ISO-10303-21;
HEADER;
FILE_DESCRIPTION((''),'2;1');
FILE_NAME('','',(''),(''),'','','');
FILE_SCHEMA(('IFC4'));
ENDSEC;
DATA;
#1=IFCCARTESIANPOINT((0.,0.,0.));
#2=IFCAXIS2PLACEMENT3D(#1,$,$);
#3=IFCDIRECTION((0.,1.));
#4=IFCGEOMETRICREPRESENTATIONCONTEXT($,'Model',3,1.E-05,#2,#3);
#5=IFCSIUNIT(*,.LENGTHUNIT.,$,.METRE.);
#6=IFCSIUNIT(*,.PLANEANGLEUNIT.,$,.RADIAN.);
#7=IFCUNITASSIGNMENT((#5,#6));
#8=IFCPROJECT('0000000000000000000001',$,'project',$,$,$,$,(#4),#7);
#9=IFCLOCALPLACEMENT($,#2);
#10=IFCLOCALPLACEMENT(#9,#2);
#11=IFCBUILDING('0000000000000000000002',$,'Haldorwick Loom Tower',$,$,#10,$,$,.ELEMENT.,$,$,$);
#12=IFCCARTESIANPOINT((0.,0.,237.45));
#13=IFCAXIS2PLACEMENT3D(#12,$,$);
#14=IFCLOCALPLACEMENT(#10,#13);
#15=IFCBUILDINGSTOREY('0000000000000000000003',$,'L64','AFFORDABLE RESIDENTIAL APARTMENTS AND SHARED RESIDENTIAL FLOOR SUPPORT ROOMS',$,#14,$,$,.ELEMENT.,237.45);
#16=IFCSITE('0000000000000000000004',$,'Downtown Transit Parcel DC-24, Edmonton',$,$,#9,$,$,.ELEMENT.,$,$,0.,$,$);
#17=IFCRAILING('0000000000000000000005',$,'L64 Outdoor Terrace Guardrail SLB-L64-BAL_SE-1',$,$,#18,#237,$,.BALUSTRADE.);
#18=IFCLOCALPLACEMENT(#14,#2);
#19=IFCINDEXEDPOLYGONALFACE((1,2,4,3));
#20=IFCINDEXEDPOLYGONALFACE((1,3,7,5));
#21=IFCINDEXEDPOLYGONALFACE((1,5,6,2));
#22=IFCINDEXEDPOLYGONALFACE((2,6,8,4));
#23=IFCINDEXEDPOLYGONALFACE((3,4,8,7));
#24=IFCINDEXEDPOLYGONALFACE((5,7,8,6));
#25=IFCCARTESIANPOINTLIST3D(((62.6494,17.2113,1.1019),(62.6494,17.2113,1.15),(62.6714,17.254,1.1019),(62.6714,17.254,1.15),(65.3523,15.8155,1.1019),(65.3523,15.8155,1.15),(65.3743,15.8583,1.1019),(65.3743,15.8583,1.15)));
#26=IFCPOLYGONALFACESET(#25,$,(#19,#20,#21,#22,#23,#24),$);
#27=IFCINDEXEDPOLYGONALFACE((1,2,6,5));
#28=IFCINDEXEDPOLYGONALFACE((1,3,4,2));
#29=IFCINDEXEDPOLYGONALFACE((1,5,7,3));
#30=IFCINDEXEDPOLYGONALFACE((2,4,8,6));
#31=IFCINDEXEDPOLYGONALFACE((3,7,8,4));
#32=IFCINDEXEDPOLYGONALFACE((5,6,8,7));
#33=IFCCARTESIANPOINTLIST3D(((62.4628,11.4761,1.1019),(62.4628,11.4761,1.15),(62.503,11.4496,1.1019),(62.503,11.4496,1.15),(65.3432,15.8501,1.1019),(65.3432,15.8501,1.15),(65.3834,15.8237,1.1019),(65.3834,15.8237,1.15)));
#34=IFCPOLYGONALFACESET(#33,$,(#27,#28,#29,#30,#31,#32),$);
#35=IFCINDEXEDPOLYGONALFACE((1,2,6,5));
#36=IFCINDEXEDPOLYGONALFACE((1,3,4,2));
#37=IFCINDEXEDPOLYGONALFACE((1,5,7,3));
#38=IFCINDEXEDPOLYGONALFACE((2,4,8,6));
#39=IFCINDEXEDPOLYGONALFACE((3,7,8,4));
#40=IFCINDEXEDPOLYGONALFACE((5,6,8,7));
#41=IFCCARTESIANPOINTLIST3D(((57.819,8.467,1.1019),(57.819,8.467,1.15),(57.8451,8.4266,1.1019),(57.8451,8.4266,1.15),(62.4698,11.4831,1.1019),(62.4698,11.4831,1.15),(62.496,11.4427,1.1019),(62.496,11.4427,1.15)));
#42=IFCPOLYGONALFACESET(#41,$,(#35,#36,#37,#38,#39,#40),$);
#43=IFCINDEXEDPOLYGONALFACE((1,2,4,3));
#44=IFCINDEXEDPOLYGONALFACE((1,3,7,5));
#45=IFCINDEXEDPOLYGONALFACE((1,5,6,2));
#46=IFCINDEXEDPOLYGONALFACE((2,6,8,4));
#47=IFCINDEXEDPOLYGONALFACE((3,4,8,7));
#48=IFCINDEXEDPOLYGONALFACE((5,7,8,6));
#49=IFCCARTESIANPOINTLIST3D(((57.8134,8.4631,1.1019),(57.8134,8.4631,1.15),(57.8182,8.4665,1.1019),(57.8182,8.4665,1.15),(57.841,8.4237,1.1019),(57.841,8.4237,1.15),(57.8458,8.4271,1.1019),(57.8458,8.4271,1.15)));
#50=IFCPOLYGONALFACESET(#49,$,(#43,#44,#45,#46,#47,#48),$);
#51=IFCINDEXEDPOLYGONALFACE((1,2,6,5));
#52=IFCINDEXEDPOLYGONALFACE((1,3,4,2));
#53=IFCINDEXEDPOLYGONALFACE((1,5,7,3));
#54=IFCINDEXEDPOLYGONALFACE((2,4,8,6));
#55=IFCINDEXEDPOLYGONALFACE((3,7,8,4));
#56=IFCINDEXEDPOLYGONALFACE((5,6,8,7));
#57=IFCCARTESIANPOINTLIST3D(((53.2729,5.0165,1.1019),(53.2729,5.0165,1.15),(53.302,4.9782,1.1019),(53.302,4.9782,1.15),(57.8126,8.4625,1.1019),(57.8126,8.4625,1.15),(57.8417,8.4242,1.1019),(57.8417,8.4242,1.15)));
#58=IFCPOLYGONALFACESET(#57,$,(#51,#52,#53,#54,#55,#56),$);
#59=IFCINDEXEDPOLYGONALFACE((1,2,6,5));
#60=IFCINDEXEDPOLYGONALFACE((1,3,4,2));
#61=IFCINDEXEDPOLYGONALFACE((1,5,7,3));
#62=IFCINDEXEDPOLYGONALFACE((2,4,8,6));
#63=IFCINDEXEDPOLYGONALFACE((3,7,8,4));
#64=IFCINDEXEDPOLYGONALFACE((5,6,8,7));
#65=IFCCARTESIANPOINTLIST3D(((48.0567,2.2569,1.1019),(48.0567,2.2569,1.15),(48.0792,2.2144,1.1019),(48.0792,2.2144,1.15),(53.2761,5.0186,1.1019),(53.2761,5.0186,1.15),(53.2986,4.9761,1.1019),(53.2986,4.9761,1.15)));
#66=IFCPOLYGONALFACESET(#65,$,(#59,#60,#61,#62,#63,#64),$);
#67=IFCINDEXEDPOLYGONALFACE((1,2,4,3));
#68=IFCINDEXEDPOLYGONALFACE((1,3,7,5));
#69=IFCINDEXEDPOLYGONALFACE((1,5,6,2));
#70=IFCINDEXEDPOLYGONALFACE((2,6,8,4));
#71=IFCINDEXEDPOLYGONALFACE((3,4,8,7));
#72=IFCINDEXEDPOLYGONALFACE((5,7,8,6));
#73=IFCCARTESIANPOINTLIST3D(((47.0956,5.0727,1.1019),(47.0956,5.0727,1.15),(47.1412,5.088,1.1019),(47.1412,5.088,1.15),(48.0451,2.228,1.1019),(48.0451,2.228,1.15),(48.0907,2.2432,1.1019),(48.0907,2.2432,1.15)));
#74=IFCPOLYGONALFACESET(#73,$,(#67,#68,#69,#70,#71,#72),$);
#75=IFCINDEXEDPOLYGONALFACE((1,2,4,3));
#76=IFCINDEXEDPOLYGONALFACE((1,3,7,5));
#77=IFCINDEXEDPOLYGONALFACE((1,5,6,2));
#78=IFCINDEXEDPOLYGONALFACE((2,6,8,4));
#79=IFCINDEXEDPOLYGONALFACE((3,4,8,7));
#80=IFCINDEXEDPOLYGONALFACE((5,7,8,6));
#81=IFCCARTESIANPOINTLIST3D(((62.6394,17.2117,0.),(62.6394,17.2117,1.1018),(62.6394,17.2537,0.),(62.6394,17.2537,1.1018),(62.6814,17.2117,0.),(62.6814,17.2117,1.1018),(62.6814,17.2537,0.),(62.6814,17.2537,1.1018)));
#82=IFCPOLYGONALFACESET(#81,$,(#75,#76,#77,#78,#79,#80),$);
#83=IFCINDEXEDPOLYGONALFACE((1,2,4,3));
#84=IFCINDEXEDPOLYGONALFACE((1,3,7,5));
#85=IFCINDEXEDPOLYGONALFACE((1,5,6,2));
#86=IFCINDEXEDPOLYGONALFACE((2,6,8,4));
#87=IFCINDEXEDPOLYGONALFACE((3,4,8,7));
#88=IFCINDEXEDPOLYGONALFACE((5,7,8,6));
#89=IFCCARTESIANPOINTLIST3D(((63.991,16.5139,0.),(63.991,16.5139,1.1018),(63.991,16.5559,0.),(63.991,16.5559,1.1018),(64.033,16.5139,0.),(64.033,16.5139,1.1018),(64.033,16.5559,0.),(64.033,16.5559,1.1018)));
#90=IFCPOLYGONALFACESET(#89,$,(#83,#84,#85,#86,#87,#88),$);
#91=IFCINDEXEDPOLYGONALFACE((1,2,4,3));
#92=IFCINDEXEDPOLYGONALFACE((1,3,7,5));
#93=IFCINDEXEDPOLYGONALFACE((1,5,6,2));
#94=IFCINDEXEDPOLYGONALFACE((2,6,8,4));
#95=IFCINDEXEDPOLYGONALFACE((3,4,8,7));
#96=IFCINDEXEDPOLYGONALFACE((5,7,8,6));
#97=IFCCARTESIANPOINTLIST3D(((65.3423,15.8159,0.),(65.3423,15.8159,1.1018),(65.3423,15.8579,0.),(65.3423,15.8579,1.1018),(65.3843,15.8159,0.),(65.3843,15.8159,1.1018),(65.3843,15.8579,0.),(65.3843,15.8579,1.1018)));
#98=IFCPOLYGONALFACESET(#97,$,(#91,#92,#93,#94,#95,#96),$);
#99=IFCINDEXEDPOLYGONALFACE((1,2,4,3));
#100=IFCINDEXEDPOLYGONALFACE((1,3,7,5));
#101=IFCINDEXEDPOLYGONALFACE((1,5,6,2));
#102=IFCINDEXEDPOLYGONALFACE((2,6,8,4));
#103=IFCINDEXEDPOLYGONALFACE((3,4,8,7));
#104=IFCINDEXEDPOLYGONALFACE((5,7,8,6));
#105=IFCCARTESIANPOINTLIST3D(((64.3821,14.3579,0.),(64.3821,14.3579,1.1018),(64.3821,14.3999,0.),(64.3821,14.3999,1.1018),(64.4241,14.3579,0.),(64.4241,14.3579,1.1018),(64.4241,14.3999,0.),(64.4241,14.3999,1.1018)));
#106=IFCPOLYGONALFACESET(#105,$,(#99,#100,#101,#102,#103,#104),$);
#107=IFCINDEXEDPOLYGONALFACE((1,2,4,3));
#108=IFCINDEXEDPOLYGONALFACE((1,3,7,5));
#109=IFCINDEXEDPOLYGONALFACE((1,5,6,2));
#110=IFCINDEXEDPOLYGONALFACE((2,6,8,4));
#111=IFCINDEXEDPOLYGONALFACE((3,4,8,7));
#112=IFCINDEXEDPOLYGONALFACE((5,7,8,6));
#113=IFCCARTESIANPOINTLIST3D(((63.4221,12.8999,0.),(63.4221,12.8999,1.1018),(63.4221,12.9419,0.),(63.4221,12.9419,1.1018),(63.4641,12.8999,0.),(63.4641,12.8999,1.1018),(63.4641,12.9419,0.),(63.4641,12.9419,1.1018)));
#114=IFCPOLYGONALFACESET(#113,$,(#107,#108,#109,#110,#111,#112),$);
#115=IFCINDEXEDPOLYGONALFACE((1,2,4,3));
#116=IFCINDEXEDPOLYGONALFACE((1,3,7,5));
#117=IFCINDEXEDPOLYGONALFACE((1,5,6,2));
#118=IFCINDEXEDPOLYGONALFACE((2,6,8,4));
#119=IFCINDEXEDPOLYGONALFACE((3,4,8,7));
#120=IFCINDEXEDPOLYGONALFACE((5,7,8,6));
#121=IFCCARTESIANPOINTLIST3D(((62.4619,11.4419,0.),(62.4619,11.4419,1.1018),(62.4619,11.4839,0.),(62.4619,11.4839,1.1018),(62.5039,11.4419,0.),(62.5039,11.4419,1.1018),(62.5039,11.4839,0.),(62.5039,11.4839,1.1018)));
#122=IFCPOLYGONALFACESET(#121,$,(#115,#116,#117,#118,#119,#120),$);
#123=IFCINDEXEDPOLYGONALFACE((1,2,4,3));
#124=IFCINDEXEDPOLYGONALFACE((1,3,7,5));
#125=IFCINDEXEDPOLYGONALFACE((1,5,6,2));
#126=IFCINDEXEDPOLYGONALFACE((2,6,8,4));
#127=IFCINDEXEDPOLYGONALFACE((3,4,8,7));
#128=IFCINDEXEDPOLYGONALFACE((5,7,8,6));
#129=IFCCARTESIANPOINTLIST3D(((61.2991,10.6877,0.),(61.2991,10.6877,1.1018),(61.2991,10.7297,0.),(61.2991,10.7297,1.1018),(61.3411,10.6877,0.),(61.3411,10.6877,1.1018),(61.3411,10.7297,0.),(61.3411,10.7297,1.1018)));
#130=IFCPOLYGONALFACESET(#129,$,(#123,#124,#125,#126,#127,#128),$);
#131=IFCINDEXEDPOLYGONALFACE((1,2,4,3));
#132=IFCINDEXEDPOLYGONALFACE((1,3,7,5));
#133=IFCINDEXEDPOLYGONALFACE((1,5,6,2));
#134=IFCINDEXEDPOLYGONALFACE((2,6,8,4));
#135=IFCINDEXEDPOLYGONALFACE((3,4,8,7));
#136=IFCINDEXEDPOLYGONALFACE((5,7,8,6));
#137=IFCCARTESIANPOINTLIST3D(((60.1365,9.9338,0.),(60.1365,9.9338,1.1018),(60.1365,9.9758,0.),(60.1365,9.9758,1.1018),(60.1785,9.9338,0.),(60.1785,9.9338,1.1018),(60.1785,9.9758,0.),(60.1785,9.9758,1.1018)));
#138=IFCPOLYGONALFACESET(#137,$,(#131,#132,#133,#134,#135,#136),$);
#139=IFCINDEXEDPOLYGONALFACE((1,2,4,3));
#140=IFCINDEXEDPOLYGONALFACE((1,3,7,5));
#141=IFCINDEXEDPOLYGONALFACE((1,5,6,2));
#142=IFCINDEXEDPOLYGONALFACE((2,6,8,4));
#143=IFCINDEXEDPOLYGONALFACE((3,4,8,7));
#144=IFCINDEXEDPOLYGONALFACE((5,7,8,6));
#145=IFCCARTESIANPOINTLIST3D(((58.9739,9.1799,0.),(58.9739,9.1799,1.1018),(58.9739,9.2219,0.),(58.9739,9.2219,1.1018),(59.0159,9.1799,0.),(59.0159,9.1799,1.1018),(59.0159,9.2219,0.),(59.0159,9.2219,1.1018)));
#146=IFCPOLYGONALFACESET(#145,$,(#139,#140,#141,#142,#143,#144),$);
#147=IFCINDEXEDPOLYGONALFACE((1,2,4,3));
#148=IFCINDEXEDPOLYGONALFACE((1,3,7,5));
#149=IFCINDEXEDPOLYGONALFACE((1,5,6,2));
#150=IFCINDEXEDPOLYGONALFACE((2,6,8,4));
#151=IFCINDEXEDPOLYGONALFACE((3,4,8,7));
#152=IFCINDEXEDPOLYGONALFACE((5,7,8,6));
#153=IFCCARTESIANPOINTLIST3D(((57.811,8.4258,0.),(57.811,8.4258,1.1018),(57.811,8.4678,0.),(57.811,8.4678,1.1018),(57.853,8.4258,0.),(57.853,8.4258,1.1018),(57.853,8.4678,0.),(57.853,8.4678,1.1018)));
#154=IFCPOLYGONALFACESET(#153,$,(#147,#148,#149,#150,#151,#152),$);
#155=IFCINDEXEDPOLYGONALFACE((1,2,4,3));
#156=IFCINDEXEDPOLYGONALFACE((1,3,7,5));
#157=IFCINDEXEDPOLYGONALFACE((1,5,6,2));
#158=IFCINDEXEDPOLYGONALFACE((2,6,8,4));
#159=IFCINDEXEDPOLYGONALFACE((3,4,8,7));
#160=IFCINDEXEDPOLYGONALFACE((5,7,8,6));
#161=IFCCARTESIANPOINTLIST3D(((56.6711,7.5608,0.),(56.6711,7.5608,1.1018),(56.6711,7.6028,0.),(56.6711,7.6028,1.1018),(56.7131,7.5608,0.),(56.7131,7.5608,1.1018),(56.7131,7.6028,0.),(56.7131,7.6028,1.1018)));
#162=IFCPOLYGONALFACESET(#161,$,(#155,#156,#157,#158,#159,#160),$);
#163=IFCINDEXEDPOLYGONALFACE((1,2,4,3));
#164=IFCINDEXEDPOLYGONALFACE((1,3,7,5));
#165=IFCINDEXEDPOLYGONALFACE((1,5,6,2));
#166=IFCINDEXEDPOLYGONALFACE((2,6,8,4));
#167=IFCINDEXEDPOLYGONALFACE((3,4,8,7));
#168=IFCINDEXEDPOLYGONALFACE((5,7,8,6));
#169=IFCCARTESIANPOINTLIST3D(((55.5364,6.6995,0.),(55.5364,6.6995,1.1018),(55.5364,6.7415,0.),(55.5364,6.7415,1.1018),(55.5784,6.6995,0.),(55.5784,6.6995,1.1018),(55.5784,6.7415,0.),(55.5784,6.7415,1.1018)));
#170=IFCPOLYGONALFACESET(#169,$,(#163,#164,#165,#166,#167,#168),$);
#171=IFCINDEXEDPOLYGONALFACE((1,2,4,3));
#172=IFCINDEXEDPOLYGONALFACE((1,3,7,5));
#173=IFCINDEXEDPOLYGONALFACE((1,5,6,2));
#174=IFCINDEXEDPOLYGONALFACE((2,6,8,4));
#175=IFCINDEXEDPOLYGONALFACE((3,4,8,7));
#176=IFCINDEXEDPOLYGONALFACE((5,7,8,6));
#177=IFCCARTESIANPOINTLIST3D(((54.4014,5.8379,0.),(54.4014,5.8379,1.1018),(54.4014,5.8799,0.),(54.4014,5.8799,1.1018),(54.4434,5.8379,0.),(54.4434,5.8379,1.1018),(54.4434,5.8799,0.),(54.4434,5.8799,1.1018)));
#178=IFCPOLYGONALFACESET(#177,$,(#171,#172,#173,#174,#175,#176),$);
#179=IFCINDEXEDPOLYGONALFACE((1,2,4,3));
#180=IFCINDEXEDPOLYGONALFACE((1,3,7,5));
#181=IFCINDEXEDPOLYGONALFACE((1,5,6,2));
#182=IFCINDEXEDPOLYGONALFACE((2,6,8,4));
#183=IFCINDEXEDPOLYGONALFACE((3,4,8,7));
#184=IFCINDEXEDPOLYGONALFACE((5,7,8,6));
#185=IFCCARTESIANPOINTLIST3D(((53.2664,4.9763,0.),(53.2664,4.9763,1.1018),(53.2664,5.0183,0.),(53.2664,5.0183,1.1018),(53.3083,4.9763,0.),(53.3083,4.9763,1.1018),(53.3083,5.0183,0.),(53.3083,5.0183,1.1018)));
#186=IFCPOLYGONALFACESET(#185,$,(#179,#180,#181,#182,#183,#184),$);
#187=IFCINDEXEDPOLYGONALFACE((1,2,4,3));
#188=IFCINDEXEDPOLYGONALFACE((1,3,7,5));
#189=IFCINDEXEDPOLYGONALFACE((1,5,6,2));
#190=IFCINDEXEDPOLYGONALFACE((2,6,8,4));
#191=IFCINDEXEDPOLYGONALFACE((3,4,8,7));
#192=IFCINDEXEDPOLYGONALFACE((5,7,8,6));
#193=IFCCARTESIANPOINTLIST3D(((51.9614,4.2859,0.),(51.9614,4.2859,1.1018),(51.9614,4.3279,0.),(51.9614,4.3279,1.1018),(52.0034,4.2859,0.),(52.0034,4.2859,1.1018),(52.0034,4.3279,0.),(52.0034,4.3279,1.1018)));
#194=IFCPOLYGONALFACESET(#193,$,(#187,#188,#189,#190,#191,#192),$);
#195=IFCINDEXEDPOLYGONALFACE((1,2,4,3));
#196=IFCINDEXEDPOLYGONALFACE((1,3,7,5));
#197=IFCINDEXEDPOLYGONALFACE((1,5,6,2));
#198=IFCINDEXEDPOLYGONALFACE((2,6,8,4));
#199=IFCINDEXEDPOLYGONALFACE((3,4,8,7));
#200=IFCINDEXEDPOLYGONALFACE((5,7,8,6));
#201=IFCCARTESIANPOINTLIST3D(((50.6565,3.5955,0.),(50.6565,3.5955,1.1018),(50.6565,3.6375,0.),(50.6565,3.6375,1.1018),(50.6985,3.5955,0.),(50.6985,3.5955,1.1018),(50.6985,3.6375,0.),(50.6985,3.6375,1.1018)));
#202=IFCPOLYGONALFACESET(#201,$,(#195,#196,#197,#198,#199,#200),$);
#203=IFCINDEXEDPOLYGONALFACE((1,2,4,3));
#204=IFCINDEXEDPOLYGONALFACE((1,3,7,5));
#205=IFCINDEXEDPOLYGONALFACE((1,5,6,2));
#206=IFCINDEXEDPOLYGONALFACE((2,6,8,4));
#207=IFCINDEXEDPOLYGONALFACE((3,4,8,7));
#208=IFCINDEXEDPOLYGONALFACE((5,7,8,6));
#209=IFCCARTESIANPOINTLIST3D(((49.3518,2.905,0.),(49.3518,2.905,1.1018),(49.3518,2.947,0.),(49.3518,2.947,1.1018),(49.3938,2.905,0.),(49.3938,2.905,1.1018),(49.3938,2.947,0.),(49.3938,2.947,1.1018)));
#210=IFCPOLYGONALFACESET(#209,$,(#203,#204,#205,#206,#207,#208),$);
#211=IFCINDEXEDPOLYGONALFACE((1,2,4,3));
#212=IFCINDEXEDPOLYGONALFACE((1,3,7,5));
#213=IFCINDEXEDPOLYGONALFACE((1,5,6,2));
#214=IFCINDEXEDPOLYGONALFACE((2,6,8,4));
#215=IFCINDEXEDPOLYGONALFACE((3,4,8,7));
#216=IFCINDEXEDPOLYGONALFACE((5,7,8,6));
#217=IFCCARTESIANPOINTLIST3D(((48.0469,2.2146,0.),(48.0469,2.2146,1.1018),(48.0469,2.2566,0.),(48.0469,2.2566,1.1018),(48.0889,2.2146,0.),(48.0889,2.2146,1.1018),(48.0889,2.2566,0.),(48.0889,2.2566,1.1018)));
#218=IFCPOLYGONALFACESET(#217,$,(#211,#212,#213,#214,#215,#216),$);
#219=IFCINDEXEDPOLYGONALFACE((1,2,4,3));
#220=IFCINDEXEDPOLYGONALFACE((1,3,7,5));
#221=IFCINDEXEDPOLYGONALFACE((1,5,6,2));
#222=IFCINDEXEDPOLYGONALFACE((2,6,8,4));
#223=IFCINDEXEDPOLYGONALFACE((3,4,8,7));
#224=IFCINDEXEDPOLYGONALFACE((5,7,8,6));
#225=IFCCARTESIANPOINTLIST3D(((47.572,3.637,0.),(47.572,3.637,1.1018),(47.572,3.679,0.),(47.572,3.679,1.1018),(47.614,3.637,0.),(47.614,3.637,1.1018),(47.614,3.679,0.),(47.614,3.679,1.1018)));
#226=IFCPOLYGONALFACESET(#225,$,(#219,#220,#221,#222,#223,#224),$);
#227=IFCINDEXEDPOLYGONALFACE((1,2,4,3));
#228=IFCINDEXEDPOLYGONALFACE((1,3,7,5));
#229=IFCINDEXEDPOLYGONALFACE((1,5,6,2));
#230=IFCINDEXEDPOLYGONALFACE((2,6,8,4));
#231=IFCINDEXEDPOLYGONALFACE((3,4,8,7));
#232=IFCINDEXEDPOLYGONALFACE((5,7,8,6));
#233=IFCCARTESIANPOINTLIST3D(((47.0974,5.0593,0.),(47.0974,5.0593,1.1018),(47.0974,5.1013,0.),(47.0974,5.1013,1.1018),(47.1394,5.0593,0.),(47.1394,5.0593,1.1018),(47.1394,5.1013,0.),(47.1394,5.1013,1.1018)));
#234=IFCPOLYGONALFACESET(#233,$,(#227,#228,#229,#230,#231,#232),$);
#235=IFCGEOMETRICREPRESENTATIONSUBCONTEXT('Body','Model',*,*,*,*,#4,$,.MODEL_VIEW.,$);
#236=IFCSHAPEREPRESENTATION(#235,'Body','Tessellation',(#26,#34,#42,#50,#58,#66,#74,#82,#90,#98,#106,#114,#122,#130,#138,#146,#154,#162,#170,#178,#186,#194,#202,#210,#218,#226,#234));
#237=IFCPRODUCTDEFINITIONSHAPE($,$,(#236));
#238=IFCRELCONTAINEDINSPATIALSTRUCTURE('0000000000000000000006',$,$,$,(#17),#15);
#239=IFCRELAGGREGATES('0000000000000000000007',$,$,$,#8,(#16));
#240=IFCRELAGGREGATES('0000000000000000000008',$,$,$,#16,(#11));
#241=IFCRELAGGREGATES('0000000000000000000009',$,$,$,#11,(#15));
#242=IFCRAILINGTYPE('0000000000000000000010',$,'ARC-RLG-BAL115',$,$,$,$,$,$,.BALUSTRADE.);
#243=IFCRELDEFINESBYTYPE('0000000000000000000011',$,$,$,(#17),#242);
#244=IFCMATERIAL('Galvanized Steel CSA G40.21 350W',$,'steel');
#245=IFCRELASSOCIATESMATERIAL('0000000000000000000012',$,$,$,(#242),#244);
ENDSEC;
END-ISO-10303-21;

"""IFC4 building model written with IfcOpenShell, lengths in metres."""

from ifc_helpers import new_model, si_unit, direction, frame, origin, origin_2d, place, context, subcontext, project, spatial, rectangle, extrude, material, type_object, element, save


model = new_model("IFC4")

# Units and contexts
model_context = context("Model", 3, precision=1e-05, world=origin(), true_north=direction((0.0, 1.0)))
body_context = subcontext(model_context, "Body", "Model", "MODEL_VIEW")
ifc_project = project(units=[si_unit("LENGTHUNIT", "METRE"), si_unit("PLANEANGLEUNIT", "RADIAN")], contexts=[model_context])

# Site, building, storey
site_placement = place(None, origin())
site = spatial("IfcSite", under=ifc_project, at=site_placement, Name="Downtown Transit Parcel DC-24, Edmonton", CompositionType="ELEMENT", RefElevation=0.0)
building_placement = place(site_placement, origin())
building = spatial("IfcBuilding", under=site, at=building_placement, Name="Haldorwick Loom Tower", CompositionType="ELEMENT")
storey_placement = place(building_placement, frame((0.0, 0.0, 237.45)))
storey = spatial("IfcBuildingStorey", under=building, at=storey_placement, Name="L64", Description="AFFORDABLE RESIDENTIAL APARTMENTS AND SHARED RESIDENTIAL FLOOR SUPPORT ROOMS", CompositionType="ELEMENT", Elevation=237.45)

# Railing
ifc_material_1 = material(Name="Galvanized Steel CSA G40.21 350W", Category="steel")
railing_type = type_object("IfcRailingType", Name="ARC-RLG-BAL115", PredefinedType="BALUSTRADE", material=ifc_material_1)
railing_placement = place(storey_placement, frame((62.6604, 17.2327, 0.0)))
element("IfcRailing", 1, at=railing_placement, inside=storey, type_object=railing_type, Name="L64 Outdoor Terrace Guardrail SLB-L64-BAL_SE-1", PredefinedType="BALUSTRADE", context=body_context, shape_type="SweptSolid", body=[
    extrude(rectangle(XDim=0.0481, YDim=0.0481, at=origin_2d()), frame((0.0, 0.0, 1.126), z_axis=(0.888525, -0.458829, 0.0), x_axis=(0.458829, 0.888525, 0.0)), (0.0, 0.0, 1.0), 3.042),
    extrude(rectangle(XDim=0.0481, YDim=0.0481, at=origin_2d()), frame((2.7029, -1.3958, 1.126), z_axis=(-0.549979, -0.835178, 0.0), x_axis=(0.835178, -0.549979, 0.0)), (0.0, 0.0, 1.0), 5.2373),
    extrude(rectangle(XDim=0.0481, YDim=0.0481, at=origin_2d()), frame((-0.1775, -5.7698, 1.126), z_axis=(-0.839017, -0.544106, 0.0), x_axis=(0.544106, -0.839017, 0.0)), (0.0, 0.0, 1.0), 5.5432),
    extrude(rectangle(XDim=0.0481, YDim=0.0481, at=origin_2d()), frame((-4.8284, -8.7859, 1.126), z_axis=(-0.819232, -0.573462, 0.0), x_axis=(0.573462, -0.819232, 0.0)), (0.0, 0.0, 1.0), 0.0059),
    extrude(rectangle(XDim=0.0481, YDim=0.0481, at=origin_2d()), frame((-4.8333, -8.7893, 1.126), z_axis=(-0.796517, -0.604616, 0.0), x_axis=(0.604616, -0.796517, 0.0)), (0.0, 0.0, 1.0), 5.6995),
    extrude(rectangle(XDim=0.0481, YDim=0.0481, at=origin_2d()), frame((-9.373, -12.2354, 1.126), z_axis=(-0.883895, -0.467684, 0.0), x_axis=(0.467684, -0.883895, 0.0)), (0.0, 0.0, 1.0), 5.905),
    extrude(rectangle(XDim=0.0481, YDim=0.0481, at=origin_2d()), frame((-14.5925, -14.9971, 1.126), z_axis=(-0.316594, 0.948561, 0.0), x_axis=(-0.948561, -0.316594, 0.0)), (0.0, 0.0, 1.0), 2.999),
    extrude(rectangle(XDim=0.042, YDim=0.042, at=origin_2d()), origin(), (0.0, 0.0, 1.0), 1.1018),
    extrude(rectangle(XDim=0.042, YDim=0.042, at=origin_2d()), frame((1.3516, -0.6978, 0.0)), (0.0, 0.0, 1.0), 1.1018),
    extrude(rectangle(XDim=0.042, YDim=0.042, at=origin_2d()), frame((2.7029, -1.3958, 0.0)), (0.0, 0.0, 1.0), 1.1018),
    extrude(rectangle(XDim=0.042, YDim=0.042, at=origin_2d()), frame((1.7427, -2.8538, 0.0)), (0.0, 0.0, 1.0), 1.1018),
    extrude(rectangle(XDim=0.042, YDim=0.042, at=origin_2d()), frame((0.7827, -4.3118, 0.0)), (0.0, 0.0, 1.0), 1.1018),
    extrude(rectangle(XDim=0.042, YDim=0.042, at=origin_2d()), frame((-0.1775, -5.7698, 0.0)), (0.0, 0.0, 1.0), 1.1018),
    extrude(rectangle(XDim=0.042, YDim=0.042, at=origin_2d()), frame((-1.3403, -6.5239, 0.0)), (0.0, 0.0, 1.0), 1.1018),
    extrude(rectangle(XDim=0.042, YDim=0.042, at=origin_2d()), frame((-2.5029, -7.2778, 0.0)), (0.0, 0.0, 1.0), 1.1018),
    extrude(rectangle(XDim=0.042, YDim=0.042, at=origin_2d()), frame((-3.6655, -8.0317, 0.0)), (0.0, 0.0, 1.0), 1.1018),
    extrude(rectangle(XDim=0.042, YDim=0.042, at=origin_2d()), frame((-4.8284, -8.7859, 0.0)), (0.0, 0.0, 1.0), 1.1018),
    extrude(rectangle(XDim=0.042, YDim=0.042, at=origin_2d()), frame((-5.9683, -9.6509, 0.0)), (0.0, 0.0, 1.0), 1.1018),
    extrude(rectangle(XDim=0.042, YDim=0.042, at=origin_2d()), frame((-7.103, -10.5122, 0.0)), (0.0, 0.0, 1.0), 1.1018),
    extrude(rectangle(XDim=0.042, YDim=0.042, at=origin_2d()), frame((-8.238, -11.3738, 0.0)), (0.0, 0.0, 1.0), 1.1018),
    extrude(rectangle(XDim=0.042, YDim=0.042, at=origin_2d()), frame((-9.373, -12.2354, 0.0)), (0.0, 0.0, 1.0), 1.1018),
    extrude(rectangle(XDim=0.042, YDim=0.042, at=origin_2d()), frame((-10.678, -12.9258, 0.0)), (0.0, 0.0, 1.0), 1.1018),
    extrude(rectangle(XDim=0.042, YDim=0.042, at=origin_2d()), frame((-11.9829, -13.6162, 0.0)), (0.0, 0.0, 1.0), 1.1018),
    extrude(rectangle(XDim=0.042, YDim=0.042, at=origin_2d()), frame((-13.2876, -14.3066, 0.0)), (0.0, 0.0, 1.0), 1.1018),
    extrude(rectangle(XDim=0.042, YDim=0.042, at=origin_2d()), frame((-14.5925, -14.9971, 0.0)), (0.0, 0.0, 1.0), 1.1018),
    extrude(rectangle(XDim=0.042, YDim=0.042, at=origin_2d()), frame((-15.0674, -13.5747, 0.0)), (0.0, 0.0, 1.0), 1.1018),
    extrude(rectangle(XDim=0.042, YDim=0.042, at=origin_2d()), frame((-15.542, -12.1523, 0.0)), (0.0, 0.0, 1.0), 1.1018),
])

save(model, "model.ifc")
